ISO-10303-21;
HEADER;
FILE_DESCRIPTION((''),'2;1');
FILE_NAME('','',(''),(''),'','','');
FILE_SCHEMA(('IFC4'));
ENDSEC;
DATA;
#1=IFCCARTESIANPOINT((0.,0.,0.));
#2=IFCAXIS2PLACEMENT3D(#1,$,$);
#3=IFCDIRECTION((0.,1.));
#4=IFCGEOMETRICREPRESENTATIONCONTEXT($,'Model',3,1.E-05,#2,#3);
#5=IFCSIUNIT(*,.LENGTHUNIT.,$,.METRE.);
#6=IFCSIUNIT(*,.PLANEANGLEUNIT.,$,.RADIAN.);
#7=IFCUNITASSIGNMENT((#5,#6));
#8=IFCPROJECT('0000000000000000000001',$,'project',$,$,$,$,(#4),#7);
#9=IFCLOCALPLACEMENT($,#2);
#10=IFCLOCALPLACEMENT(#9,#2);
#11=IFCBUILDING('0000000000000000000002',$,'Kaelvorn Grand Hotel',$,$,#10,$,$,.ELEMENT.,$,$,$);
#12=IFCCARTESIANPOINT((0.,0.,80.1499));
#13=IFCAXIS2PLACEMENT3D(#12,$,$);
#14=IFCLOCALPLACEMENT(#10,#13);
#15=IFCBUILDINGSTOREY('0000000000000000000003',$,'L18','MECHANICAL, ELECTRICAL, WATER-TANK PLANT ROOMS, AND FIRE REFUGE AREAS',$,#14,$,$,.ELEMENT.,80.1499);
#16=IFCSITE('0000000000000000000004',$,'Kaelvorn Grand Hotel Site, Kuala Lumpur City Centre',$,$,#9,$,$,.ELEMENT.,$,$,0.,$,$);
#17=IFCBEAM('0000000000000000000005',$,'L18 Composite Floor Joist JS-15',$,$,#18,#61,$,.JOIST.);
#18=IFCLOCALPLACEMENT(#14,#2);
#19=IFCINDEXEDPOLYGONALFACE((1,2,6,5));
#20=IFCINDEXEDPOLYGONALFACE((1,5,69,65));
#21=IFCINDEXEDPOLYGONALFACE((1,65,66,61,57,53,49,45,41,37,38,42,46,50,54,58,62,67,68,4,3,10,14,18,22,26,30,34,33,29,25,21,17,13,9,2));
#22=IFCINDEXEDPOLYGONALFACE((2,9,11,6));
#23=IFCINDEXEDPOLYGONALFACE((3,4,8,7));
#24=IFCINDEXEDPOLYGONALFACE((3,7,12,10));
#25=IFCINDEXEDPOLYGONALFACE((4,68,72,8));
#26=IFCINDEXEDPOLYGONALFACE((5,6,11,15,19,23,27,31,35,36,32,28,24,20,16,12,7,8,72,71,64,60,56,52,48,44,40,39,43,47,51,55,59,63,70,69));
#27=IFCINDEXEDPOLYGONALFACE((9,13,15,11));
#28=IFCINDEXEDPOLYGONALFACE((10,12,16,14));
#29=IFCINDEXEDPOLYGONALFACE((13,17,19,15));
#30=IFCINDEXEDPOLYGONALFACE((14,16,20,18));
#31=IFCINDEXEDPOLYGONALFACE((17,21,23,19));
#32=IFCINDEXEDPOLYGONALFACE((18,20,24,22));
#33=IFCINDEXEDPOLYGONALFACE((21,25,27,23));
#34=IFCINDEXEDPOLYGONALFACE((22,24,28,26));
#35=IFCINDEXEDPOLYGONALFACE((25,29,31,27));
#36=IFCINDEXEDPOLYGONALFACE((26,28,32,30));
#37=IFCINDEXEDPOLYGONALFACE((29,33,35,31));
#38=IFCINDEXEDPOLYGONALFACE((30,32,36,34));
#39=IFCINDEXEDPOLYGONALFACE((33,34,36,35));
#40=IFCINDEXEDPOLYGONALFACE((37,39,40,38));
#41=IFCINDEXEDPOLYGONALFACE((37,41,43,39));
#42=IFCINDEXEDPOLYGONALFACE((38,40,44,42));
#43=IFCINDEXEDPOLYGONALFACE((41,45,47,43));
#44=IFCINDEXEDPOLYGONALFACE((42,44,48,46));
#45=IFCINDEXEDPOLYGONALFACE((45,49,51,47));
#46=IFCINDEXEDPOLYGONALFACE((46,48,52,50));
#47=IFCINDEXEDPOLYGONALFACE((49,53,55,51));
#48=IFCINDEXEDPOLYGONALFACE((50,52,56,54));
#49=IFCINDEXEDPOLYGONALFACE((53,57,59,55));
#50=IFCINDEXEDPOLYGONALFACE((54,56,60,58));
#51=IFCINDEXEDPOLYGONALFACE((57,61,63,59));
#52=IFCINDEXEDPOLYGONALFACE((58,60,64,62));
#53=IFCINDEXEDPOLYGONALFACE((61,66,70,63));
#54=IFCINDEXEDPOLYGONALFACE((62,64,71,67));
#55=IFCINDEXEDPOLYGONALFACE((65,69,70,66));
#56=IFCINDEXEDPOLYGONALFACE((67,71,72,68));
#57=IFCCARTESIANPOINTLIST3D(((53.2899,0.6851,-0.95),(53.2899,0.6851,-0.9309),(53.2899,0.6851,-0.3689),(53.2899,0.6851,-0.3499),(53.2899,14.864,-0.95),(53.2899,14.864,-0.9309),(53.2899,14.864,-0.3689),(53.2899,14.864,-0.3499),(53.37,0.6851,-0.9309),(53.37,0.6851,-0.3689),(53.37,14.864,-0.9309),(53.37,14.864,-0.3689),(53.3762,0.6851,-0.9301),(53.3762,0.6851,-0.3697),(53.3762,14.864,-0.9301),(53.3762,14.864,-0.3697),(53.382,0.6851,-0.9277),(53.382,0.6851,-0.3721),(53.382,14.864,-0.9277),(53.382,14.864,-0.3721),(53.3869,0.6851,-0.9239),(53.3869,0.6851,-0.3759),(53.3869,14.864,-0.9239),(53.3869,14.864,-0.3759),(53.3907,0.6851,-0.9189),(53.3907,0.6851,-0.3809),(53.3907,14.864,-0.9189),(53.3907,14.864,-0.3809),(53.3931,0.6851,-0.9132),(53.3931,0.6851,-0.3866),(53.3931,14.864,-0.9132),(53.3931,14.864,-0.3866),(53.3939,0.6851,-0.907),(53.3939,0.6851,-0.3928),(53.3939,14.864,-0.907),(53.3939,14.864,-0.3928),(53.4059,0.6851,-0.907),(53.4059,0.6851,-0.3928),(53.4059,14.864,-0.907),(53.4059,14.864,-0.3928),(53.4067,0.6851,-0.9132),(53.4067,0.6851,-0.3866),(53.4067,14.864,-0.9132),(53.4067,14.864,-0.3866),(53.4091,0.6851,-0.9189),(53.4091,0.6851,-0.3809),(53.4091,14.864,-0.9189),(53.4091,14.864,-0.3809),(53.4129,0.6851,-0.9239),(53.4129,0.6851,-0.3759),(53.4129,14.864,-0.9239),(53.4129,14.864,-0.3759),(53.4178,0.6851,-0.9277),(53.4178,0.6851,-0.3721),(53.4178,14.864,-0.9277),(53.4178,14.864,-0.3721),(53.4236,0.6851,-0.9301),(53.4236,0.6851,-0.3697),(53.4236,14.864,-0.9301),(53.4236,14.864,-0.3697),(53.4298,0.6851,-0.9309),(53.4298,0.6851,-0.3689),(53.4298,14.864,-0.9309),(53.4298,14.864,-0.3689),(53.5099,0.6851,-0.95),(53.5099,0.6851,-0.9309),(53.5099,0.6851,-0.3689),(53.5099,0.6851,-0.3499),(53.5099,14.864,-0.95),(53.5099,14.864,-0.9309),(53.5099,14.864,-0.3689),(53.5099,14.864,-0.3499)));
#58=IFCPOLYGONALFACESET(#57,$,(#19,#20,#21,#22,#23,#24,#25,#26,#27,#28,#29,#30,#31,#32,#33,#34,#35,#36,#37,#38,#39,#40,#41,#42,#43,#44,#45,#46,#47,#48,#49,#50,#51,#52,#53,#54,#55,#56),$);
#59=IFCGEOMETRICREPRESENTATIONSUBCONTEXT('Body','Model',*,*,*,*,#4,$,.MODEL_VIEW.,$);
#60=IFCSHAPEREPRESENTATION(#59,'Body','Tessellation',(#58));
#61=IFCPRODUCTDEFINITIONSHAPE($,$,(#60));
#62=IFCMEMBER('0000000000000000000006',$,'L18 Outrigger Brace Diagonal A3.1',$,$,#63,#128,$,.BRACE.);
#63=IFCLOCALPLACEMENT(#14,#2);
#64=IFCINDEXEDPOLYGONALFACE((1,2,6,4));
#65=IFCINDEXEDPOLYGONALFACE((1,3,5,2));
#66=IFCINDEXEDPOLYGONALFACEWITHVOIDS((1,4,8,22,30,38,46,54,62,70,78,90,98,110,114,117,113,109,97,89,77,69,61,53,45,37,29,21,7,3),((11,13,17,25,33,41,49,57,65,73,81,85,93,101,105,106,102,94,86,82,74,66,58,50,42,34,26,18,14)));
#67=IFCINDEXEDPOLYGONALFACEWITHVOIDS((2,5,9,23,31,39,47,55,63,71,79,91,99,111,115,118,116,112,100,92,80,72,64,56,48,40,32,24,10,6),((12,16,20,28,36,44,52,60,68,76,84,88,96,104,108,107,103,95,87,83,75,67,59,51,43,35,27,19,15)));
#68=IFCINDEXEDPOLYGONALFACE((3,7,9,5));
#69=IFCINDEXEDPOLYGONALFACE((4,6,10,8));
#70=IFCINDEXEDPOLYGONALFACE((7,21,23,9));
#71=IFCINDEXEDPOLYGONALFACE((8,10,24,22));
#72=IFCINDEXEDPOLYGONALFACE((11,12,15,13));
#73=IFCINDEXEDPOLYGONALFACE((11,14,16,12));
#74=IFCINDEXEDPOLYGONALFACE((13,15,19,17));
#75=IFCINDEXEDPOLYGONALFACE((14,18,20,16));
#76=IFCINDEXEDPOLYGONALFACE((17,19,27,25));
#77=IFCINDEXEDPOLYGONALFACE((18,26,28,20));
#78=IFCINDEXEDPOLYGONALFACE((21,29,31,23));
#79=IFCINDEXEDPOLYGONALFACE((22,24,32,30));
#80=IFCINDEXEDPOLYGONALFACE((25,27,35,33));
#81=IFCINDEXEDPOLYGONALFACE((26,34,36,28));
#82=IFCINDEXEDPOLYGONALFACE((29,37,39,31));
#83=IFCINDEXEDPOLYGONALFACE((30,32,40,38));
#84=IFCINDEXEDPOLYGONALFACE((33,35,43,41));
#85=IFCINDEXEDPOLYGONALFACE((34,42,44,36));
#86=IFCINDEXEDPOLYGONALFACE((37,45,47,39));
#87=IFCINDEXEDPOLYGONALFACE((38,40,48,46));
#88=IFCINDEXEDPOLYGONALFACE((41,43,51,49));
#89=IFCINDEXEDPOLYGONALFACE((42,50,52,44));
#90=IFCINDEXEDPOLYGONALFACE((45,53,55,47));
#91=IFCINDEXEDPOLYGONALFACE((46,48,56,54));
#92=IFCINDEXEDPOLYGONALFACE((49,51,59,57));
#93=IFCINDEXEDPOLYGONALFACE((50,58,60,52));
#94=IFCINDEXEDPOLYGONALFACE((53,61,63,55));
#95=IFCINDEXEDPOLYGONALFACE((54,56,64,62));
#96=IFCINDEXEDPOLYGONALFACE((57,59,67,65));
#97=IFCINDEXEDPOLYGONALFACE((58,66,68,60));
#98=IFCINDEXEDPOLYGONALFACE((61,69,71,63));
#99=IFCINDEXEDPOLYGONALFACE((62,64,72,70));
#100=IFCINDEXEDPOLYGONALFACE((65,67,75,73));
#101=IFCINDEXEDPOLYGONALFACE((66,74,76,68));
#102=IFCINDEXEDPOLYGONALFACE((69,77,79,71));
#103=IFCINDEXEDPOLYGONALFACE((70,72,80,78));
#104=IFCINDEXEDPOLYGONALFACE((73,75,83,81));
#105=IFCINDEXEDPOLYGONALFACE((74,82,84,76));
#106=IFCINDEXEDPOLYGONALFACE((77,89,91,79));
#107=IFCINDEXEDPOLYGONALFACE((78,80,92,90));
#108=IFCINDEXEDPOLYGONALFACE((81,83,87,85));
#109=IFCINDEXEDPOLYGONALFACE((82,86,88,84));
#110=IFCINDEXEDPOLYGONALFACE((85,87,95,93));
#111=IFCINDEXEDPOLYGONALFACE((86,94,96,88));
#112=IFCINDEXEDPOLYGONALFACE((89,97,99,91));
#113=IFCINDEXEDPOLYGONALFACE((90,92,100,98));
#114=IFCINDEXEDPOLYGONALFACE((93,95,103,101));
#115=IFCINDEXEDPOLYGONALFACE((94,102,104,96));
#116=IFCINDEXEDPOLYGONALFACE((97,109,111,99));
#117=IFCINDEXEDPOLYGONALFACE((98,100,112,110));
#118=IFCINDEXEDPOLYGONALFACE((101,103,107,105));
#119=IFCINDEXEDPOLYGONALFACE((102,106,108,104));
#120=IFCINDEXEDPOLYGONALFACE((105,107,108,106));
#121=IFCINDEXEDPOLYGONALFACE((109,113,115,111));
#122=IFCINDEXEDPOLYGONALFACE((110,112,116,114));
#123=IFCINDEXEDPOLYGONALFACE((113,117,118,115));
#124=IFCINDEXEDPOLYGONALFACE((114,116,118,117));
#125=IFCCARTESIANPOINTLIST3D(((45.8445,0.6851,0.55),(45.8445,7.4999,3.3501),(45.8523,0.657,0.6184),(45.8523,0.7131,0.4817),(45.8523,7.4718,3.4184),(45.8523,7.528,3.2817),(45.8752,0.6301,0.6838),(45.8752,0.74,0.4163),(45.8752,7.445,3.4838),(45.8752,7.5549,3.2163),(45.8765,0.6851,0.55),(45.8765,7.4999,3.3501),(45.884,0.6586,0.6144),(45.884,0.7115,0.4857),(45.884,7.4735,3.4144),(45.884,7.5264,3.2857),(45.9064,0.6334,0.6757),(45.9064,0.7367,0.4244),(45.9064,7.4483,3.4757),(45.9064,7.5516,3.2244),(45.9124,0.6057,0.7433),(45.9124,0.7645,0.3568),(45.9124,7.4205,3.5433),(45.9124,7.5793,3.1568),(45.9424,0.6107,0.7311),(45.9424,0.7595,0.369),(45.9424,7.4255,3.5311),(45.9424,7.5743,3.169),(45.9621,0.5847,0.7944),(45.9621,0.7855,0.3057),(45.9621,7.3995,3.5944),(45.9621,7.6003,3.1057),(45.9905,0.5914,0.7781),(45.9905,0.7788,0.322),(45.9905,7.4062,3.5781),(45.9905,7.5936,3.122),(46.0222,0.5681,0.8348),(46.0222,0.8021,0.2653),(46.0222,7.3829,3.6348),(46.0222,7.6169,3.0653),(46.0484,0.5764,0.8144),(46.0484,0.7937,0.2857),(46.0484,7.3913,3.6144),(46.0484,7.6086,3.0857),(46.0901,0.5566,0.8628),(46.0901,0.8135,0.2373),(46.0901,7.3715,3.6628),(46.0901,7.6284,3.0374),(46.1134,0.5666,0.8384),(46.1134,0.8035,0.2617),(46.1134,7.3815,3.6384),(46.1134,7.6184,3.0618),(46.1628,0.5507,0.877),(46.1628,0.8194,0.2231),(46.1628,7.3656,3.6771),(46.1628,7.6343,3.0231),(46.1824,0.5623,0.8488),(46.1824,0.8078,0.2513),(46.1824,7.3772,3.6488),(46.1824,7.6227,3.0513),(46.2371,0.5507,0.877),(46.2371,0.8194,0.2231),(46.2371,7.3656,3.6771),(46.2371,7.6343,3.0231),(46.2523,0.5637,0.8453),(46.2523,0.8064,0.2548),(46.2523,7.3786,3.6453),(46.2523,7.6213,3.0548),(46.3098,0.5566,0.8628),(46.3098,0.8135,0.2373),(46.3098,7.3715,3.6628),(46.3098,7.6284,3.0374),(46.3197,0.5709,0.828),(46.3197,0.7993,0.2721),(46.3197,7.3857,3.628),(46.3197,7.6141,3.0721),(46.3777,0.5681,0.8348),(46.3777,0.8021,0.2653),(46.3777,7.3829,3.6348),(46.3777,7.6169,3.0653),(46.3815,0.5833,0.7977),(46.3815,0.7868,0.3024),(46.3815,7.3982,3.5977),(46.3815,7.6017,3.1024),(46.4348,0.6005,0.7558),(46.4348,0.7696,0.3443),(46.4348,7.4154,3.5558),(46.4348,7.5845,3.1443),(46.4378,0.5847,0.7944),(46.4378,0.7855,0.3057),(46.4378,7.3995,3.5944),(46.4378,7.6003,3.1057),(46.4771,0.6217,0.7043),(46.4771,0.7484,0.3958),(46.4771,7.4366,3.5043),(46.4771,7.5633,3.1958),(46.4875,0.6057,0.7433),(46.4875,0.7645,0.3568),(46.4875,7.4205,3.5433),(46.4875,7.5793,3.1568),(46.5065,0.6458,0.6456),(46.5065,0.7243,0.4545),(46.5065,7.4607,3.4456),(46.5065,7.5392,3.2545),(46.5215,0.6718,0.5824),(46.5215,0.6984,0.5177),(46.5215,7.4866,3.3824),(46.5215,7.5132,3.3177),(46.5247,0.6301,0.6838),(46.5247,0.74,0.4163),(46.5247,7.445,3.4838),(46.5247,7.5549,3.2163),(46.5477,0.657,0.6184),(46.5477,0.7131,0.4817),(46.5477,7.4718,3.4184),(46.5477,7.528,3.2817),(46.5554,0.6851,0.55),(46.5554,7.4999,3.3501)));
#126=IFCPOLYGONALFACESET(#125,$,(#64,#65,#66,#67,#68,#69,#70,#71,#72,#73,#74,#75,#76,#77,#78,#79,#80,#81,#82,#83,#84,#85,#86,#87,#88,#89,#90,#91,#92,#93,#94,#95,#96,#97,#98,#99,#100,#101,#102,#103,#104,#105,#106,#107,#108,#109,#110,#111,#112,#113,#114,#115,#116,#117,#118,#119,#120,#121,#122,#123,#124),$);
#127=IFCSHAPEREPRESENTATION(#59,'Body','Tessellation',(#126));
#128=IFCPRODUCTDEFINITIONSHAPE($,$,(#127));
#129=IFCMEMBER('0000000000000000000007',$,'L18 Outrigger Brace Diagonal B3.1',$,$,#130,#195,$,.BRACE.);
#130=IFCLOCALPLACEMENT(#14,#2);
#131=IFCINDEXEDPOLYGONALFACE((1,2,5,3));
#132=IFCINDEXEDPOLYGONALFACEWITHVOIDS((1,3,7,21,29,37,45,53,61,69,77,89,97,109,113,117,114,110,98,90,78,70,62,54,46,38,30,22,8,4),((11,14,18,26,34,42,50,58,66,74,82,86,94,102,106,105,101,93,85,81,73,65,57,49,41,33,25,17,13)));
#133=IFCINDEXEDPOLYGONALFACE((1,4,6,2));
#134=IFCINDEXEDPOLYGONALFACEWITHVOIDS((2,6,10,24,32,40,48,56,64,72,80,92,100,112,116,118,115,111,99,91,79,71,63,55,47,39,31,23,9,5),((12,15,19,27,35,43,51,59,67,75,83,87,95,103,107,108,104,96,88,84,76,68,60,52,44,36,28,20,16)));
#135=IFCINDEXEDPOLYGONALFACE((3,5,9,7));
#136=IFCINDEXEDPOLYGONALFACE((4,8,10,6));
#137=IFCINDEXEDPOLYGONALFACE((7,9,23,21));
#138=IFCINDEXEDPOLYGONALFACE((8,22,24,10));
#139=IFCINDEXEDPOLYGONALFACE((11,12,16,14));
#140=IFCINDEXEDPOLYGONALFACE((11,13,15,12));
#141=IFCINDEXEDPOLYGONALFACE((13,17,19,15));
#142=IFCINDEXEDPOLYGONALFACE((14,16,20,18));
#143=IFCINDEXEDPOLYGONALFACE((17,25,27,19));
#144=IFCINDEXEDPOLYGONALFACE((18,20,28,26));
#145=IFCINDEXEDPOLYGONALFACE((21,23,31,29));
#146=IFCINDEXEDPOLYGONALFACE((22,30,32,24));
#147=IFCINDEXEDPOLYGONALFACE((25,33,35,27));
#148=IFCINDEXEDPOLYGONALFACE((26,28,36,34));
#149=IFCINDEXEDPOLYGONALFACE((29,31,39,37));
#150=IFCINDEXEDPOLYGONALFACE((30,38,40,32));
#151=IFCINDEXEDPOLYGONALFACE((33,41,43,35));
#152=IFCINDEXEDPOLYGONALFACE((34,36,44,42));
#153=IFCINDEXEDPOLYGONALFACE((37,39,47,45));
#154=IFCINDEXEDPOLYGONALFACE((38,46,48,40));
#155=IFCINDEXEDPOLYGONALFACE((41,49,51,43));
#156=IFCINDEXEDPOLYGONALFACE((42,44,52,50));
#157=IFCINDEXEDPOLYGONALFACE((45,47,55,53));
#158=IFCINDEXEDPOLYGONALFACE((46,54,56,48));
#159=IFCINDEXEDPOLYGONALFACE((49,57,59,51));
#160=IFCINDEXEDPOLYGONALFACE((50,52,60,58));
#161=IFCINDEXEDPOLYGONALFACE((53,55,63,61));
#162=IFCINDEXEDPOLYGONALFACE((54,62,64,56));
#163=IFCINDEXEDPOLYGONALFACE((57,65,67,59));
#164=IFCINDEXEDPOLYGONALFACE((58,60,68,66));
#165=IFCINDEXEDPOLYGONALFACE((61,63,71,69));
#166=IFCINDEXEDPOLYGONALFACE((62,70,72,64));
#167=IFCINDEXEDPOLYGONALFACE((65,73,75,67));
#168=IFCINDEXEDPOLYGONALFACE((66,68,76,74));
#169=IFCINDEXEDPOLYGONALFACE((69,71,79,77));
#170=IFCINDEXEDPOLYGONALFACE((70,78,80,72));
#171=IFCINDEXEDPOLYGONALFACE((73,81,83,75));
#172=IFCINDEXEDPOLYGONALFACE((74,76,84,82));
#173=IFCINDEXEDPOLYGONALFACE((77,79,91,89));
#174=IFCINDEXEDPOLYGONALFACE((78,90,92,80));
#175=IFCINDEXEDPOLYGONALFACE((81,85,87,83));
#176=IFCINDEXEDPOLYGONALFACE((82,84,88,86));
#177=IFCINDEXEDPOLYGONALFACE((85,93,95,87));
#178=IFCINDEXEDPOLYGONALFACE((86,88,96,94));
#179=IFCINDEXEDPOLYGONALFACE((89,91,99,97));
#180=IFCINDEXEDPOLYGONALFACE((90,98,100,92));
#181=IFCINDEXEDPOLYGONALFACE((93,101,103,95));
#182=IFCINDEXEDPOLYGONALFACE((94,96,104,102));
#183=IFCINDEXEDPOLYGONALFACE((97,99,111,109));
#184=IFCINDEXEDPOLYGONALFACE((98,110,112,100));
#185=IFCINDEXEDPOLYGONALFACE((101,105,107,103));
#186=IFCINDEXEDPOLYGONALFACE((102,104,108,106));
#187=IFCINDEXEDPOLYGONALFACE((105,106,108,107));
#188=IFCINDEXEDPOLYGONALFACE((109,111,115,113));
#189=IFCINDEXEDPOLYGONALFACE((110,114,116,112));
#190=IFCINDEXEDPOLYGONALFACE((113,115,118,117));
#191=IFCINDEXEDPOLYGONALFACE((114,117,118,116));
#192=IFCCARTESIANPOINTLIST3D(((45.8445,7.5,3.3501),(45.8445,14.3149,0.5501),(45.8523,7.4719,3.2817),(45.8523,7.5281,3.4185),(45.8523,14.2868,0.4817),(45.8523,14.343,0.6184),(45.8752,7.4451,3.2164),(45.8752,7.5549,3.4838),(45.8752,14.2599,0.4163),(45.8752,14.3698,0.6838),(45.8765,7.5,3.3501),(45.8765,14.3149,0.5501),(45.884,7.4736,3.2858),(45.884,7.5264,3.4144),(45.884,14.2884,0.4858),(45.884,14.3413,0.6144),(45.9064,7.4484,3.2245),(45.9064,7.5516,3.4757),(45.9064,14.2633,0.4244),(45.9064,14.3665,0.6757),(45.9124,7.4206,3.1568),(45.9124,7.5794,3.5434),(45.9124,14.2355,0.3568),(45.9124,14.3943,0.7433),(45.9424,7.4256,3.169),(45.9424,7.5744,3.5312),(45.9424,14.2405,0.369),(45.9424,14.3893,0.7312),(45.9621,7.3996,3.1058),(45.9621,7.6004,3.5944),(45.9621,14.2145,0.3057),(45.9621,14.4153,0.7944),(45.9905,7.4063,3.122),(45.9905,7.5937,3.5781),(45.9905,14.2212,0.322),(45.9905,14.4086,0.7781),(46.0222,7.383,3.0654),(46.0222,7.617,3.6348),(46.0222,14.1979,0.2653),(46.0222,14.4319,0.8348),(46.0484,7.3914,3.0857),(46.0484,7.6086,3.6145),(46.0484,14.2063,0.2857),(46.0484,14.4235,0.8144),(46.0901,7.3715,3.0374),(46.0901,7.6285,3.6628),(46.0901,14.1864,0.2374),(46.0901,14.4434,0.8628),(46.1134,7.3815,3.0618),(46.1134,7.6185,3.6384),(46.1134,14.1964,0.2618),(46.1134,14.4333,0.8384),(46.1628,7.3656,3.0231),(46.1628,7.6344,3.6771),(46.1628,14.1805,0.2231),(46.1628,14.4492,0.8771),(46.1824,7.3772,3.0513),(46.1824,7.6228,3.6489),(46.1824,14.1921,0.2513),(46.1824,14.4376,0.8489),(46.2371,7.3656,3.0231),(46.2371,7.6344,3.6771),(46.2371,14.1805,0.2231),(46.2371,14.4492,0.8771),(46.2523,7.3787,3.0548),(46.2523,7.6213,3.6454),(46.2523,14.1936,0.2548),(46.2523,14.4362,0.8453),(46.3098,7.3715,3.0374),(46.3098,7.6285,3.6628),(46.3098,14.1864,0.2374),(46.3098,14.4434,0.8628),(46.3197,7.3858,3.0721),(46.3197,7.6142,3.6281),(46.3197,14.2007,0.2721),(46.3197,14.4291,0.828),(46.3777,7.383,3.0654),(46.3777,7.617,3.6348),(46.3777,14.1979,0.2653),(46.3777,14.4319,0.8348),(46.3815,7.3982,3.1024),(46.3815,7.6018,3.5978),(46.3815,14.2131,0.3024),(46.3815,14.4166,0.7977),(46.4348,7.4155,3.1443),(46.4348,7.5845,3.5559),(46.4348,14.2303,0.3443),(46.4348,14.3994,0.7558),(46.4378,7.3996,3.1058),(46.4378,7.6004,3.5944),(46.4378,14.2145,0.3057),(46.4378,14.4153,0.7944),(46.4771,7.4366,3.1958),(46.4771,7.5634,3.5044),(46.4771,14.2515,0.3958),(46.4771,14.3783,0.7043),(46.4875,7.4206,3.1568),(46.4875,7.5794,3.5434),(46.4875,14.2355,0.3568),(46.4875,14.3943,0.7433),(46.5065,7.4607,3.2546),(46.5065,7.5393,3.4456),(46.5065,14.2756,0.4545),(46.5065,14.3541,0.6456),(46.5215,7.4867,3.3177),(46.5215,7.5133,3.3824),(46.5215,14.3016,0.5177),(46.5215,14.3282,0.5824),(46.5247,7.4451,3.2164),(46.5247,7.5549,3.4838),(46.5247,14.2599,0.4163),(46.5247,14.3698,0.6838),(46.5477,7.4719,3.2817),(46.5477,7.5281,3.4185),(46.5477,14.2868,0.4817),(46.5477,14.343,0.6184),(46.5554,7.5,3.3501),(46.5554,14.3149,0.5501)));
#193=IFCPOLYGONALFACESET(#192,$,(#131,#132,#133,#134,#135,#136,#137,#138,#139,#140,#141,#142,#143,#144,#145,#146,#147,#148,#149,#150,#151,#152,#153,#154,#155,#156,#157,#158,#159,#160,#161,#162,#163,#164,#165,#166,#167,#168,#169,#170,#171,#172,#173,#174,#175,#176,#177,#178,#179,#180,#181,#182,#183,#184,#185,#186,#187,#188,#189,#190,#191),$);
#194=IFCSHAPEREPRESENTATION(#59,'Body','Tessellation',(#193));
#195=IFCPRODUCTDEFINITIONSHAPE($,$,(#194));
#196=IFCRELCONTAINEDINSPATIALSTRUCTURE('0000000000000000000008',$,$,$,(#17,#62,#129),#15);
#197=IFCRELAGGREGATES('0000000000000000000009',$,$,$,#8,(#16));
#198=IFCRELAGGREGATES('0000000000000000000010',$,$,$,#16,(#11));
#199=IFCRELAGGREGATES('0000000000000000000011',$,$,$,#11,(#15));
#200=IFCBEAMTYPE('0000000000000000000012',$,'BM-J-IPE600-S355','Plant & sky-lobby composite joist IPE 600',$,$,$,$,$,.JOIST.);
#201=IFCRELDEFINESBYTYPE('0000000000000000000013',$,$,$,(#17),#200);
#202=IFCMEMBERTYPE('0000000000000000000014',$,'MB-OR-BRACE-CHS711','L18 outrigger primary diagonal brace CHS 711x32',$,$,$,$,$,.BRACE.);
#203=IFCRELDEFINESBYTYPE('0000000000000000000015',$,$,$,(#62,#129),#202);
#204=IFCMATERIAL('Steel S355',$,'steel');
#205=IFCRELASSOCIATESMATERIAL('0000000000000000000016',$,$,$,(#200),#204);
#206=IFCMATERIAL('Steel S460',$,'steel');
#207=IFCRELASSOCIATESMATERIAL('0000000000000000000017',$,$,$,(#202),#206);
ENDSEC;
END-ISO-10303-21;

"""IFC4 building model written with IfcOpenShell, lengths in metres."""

from ifc_helpers import new_model, si_unit, direction, frame, origin, origin_2d, place, context, subcontext, project, spatial, hollow_circle, i_section, extrude, material, material_profile, profile_set, type_object, element, save


model = new_model("IFC4")

# Units and contexts
model_context = context("Model", 3, precision=1e-05, world=origin(), true_north=direction((0.0, 1.0)))
body_context = subcontext(model_context, "Body", "Model", "MODEL_VIEW")
ifc_project = project(units=[si_unit("LENGTHUNIT", "METRE"), si_unit("PLANEANGLEUNIT", "RADIAN")], contexts=[model_context])

# Site, building, storey
site_placement = place(None, origin())
site = spatial("IfcSite", under=ifc_project, at=site_placement, Name="Kaelvorn Grand Hotel Site, Kuala Lumpur City Centre", CompositionType="ELEMENT", RefElevation=0.0)
building_placement = place(site_placement, origin())
building = spatial("IfcBuilding", under=site, at=building_placement, Name="Kaelvorn Grand Hotel", CompositionType="ELEMENT")
storey_placement = place(building_placement, frame((0.0, 0.0, 80.1499)))
storey = spatial("IfcBuildingStorey", under=building, at=storey_placement, Name="L18", Description="MECHANICAL, ELECTRICAL, WATER-TANK PLANT ROOMS, AND FIRE REFUGE AREAS", CompositionType="ELEMENT", Elevation=80.1499)

# Beam
ifc_material_1 = material(Name="Steel S460", Category="steel")
ifc_material_2 = material(Name="Steel S355", Category="steel")
ifc_material_profile_1 = material_profile(ifc_material_2, i_section(OverallWidth=0.22, OverallDepth=0.6001, WebThickness=0.012, FlangeThickness=0.019, FilletRadius=0.0239, at=origin_2d()), Name="IPE 600")
ifc_profile_set_1 = profile_set([ifc_material_profile_1], Name="Steel S355")
beam_type_1 = type_object("IfcBeamType", Name="BM-J-IPE600-S355", Description="Plant & sky-lobby composite joist IPE 600", PredefinedType="JOIST", material=ifc_profile_set_1)
beam_1_placement = place(storey_placement, frame((53.3999, 0.6851, -0.6499), z_axis=(0.0, 1.0, 0.0), x_axis=(-1.0, 0.0, 0.0)))
element("IfcBeam", 1, at=beam_1_placement, inside=storey, type_object=beam_type_1, Name="L18 Composite Floor Joist JS-15", PredefinedType="JOIST", context=body_context, shape_type="SweptSolid", body=[
    extrude(i_section(OverallWidth=0.22, OverallDepth=0.6001, WebThickness=0.012, FlangeThickness=0.019, FilletRadius=0.0239, at=origin_2d()), origin(), (0.0, 0.0, 1.0), 14.179),
])

# Members
ifc_material_profile_2 = material_profile(ifc_material_1, hollow_circle(Radius=0.3555, WallThickness=0.032, at=origin_2d()), Name="CHS 711.0x32.0")
ifc_profile_set_2 = profile_set([ifc_material_profile_2], Name="Steel S460")
member_type_1 = type_object("IfcMemberType", Name="MB-OR-BRACE-CHS711", Description="L18 outrigger primary diagonal brace CHS 711x32", PredefinedType="BRACE", material=ifc_profile_set_2)
for number, where, z_axis, x_axis, name in (
    (2, (46.2, 0.6851, 0.55), (0.0, 0.924969, 0.380041), (-1.0, 0.0, 0.0), "L18 Outrigger Brace Diagonal A3.1"),
    (3, (46.2, 7.5, 3.3501), (0.0, 0.924969, -0.380041), (-1.0, 0.0, 0.0), "L18 Outrigger Brace Diagonal B3.1"),
):
    element("IfcMember", number, at=place(storey_placement, frame(where, z_axis=z_axis, x_axis=x_axis)), inside=storey, type_object=member_type_1, Name=name, PredefinedType="BRACE", context=body_context, shape_type="SweptSolid", body=[
        extrude(hollow_circle(Radius=0.3555, WallThickness=0.032, at=origin_2d()), origin(), (0.0, 0.0, 1.0), 7.3677),
    ])

save(model, "model.ifc")
